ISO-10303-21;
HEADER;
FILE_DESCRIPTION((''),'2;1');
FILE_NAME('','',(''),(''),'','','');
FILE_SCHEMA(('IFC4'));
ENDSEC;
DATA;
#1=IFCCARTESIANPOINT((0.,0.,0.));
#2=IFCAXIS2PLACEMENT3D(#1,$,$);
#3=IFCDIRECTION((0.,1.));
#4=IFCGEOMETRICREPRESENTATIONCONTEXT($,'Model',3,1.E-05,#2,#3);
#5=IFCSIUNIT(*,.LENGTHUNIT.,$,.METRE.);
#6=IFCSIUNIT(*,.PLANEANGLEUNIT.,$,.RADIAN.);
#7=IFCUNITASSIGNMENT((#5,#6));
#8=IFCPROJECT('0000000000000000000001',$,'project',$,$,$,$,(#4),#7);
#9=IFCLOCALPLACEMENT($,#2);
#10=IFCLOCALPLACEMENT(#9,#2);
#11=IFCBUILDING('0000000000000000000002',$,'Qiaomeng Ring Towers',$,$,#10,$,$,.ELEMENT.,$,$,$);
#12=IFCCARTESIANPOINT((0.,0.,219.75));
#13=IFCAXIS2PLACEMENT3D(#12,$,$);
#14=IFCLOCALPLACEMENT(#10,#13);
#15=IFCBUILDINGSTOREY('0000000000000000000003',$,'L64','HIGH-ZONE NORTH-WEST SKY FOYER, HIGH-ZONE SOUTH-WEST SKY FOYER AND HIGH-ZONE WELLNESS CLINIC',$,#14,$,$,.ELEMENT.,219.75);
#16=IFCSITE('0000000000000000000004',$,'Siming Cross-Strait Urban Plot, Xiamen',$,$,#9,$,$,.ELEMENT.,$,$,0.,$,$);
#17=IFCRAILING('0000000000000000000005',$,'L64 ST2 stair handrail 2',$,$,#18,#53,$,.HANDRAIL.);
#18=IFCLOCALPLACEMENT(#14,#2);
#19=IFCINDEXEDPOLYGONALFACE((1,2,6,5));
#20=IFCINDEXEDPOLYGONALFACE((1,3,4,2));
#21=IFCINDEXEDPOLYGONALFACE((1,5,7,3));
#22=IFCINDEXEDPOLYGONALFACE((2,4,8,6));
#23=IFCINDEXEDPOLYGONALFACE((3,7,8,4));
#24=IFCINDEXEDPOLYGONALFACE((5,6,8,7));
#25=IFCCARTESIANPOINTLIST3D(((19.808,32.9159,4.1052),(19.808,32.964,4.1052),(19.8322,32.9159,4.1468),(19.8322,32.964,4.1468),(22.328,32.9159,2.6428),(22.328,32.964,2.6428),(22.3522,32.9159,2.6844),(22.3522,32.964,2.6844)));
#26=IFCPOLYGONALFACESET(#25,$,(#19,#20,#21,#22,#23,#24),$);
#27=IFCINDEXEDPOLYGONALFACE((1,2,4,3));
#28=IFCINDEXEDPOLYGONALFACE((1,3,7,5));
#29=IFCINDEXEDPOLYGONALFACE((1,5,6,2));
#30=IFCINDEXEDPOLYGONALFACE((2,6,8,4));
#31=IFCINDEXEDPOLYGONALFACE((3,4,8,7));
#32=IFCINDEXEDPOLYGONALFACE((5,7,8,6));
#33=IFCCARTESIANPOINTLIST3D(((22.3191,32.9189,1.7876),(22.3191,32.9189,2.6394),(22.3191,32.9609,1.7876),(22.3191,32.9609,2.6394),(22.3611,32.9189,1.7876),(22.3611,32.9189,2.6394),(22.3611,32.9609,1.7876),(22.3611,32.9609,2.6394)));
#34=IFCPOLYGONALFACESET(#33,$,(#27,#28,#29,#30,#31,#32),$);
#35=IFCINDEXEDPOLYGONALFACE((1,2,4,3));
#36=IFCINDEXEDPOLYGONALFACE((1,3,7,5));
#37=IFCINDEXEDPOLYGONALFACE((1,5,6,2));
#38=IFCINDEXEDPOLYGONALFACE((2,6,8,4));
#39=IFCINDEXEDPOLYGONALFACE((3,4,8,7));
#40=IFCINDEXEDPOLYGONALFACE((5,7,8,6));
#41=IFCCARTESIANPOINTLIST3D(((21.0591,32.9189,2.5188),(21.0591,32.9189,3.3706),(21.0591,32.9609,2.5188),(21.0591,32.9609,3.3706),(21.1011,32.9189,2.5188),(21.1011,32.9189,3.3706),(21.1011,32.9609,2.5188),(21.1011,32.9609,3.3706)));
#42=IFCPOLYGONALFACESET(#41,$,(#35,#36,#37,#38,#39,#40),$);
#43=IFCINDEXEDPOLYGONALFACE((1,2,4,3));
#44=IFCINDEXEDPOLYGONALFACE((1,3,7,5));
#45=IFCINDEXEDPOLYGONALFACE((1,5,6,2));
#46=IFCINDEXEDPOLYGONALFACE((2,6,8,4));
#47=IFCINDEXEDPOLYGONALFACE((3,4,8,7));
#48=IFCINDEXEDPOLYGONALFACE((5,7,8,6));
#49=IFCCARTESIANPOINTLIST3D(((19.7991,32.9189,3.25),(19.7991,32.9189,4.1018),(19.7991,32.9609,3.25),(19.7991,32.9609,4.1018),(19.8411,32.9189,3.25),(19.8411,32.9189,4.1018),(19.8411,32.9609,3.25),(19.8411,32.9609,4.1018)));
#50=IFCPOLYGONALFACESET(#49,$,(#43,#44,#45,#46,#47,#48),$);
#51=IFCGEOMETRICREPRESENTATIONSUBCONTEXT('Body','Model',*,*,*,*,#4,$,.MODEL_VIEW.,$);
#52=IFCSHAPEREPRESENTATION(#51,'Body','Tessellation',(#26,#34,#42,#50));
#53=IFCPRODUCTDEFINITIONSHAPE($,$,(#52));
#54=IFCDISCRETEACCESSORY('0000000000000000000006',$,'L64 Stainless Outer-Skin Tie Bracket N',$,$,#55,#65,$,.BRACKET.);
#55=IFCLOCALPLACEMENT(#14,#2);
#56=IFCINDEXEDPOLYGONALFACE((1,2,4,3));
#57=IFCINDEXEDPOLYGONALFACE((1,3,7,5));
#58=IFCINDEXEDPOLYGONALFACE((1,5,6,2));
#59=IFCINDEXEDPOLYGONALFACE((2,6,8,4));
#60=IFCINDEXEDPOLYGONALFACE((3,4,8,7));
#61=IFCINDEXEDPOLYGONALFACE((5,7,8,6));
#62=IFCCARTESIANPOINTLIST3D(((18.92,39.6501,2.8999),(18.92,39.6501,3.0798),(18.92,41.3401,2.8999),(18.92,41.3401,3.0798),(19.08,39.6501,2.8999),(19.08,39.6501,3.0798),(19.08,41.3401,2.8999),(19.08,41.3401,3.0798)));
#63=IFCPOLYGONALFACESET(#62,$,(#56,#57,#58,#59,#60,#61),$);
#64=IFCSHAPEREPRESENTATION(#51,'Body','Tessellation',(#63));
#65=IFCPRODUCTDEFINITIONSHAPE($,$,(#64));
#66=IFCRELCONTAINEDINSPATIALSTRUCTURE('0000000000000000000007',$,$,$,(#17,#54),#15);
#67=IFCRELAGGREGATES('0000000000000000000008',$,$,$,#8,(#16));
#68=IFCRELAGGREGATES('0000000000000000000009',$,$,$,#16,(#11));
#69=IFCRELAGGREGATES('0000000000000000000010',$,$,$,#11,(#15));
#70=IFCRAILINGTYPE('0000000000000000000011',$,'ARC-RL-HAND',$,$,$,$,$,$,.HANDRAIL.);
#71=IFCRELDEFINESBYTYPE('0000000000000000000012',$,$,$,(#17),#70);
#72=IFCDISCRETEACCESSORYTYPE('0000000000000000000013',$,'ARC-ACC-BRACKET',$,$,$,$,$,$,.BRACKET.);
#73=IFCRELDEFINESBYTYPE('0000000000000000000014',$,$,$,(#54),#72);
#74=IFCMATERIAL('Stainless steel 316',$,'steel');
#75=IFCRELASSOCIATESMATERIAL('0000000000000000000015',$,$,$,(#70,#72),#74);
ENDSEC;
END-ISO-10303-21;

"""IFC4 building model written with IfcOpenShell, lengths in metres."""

from ifc_helpers import new_model, si_unit, direction, frame, origin, origin_2d, place, context, subcontext, project, spatial, rectangle, extrude, source, transform, mapped, material, type_object, element, save


model = new_model("IFC4")

# Units and contexts
model_context = context("Model", 3, precision=1e-05, world=origin(), true_north=direction((0.0, 1.0)))
body_context = subcontext(model_context, "Body", "Model", "MODEL_VIEW")
ifc_project = project(units=[si_unit("LENGTHUNIT", "METRE"), si_unit("PLANEANGLEUNIT", "RADIAN")], contexts=[model_context])

# Site, building, storey
site_placement = place(None, origin())
site = spatial("IfcSite", under=ifc_project, at=site_placement, Name="Siming Cross-Strait Urban Plot, Xiamen", CompositionType="ELEMENT", RefElevation=0.0)
building_placement = place(site_placement, origin())
building = spatial("IfcBuilding", under=site, at=building_placement, Name="Qiaomeng Ring Towers", CompositionType="ELEMENT")
storey_placement = place(building_placement, frame((0.0, 0.0, 219.75)))
storey = spatial("IfcBuildingStorey", under=building, at=storey_placement, Name="L64", Description="HIGH-ZONE NORTH-WEST SKY FOYER, HIGH-ZONE SOUTH-WEST SKY FOYER AND HIGH-ZONE WELLNESS CLINIC", CompositionType="ELEMENT", Elevation=219.75)

# Railing
ifc_material_1 = material(Name="Stainless steel 316", Category="steel")
railing_type_1 = type_object("IfcRailingType", Name="ARC-RL-HAND", PredefinedType="HANDRAIL", material=ifc_material_1)
railing_1_placement = place(storey_placement, frame((22.3401, 32.9399, 1.7876)))
element("IfcRailing", 1, at=railing_1_placement, inside=storey, type_object=railing_type_1, Name="L64 ST2 stair handrail 2", PredefinedType="HANDRAIL", context=body_context, shape_type="SweptSolid", body=[
    extrude(rectangle(XDim=0.0481, YDim=0.0481, at=origin_2d()), frame((0.0, 0.0, 0.876), z_axis=(-0.864913, 0.0, 0.501921), x_axis=(0.0, -1.0, 0.0)), (0.0, 0.0, 1.0), 2.9136),
    extrude(rectangle(XDim=0.042, YDim=0.042, at=origin_2d()), origin(), (0.0, 0.0, 1.0), 0.8518),
    extrude(rectangle(XDim=0.042, YDim=0.042, at=origin_2d()), frame((-1.26, 0.0, 0.7312)), (0.0, 0.0, 1.0), 0.8518),
    extrude(rectangle(XDim=0.042, YDim=0.042, at=origin_2d()), frame((-2.52, 0.0, 1.4624)), (0.0, 0.0, 1.0), 0.8518),
])

# Discrete accessory
discrete_accessory_type = type_object("IfcDiscreteAccessoryType", Name="ARC-ACC-BRACKET", PredefinedType="BRACKET", material=ifc_material_1)
shared_shape_1 = source(origin(), body_context, "Body", "SweptSolid", [
    extrude(rectangle(XDim=0.1599, YDim=1.6899, at=origin_2d()), origin(), (0.0, 0.0, 1.0), 0.1799),
])
discrete_accessory_placement = place(storey_placement, frame((19.0, 40.4951, 2.8999), z_axis=(0.0, 0.0, 1.0), x_axis=(1.0, 0.0, 0.0)))
element("IfcDiscreteAccessory", 2, at=discrete_accessory_placement, inside=storey, type_object=discrete_accessory_type, Name="L64 Stainless Outer-Skin Tie Bracket N", PredefinedType="BRACKET", context=body_context, shape_type="MappedRepresentation", body=[
    mapped(shared_shape_1, transform((0.0, 0.0, 0.0), x_axis=(1.0, 0.0, 0.0), y_axis=(0.0, 1.0, 0.0), z_axis=(0.0, 0.0, 1.0), scale=1.0)),
])

save(model, "model.ifc")
